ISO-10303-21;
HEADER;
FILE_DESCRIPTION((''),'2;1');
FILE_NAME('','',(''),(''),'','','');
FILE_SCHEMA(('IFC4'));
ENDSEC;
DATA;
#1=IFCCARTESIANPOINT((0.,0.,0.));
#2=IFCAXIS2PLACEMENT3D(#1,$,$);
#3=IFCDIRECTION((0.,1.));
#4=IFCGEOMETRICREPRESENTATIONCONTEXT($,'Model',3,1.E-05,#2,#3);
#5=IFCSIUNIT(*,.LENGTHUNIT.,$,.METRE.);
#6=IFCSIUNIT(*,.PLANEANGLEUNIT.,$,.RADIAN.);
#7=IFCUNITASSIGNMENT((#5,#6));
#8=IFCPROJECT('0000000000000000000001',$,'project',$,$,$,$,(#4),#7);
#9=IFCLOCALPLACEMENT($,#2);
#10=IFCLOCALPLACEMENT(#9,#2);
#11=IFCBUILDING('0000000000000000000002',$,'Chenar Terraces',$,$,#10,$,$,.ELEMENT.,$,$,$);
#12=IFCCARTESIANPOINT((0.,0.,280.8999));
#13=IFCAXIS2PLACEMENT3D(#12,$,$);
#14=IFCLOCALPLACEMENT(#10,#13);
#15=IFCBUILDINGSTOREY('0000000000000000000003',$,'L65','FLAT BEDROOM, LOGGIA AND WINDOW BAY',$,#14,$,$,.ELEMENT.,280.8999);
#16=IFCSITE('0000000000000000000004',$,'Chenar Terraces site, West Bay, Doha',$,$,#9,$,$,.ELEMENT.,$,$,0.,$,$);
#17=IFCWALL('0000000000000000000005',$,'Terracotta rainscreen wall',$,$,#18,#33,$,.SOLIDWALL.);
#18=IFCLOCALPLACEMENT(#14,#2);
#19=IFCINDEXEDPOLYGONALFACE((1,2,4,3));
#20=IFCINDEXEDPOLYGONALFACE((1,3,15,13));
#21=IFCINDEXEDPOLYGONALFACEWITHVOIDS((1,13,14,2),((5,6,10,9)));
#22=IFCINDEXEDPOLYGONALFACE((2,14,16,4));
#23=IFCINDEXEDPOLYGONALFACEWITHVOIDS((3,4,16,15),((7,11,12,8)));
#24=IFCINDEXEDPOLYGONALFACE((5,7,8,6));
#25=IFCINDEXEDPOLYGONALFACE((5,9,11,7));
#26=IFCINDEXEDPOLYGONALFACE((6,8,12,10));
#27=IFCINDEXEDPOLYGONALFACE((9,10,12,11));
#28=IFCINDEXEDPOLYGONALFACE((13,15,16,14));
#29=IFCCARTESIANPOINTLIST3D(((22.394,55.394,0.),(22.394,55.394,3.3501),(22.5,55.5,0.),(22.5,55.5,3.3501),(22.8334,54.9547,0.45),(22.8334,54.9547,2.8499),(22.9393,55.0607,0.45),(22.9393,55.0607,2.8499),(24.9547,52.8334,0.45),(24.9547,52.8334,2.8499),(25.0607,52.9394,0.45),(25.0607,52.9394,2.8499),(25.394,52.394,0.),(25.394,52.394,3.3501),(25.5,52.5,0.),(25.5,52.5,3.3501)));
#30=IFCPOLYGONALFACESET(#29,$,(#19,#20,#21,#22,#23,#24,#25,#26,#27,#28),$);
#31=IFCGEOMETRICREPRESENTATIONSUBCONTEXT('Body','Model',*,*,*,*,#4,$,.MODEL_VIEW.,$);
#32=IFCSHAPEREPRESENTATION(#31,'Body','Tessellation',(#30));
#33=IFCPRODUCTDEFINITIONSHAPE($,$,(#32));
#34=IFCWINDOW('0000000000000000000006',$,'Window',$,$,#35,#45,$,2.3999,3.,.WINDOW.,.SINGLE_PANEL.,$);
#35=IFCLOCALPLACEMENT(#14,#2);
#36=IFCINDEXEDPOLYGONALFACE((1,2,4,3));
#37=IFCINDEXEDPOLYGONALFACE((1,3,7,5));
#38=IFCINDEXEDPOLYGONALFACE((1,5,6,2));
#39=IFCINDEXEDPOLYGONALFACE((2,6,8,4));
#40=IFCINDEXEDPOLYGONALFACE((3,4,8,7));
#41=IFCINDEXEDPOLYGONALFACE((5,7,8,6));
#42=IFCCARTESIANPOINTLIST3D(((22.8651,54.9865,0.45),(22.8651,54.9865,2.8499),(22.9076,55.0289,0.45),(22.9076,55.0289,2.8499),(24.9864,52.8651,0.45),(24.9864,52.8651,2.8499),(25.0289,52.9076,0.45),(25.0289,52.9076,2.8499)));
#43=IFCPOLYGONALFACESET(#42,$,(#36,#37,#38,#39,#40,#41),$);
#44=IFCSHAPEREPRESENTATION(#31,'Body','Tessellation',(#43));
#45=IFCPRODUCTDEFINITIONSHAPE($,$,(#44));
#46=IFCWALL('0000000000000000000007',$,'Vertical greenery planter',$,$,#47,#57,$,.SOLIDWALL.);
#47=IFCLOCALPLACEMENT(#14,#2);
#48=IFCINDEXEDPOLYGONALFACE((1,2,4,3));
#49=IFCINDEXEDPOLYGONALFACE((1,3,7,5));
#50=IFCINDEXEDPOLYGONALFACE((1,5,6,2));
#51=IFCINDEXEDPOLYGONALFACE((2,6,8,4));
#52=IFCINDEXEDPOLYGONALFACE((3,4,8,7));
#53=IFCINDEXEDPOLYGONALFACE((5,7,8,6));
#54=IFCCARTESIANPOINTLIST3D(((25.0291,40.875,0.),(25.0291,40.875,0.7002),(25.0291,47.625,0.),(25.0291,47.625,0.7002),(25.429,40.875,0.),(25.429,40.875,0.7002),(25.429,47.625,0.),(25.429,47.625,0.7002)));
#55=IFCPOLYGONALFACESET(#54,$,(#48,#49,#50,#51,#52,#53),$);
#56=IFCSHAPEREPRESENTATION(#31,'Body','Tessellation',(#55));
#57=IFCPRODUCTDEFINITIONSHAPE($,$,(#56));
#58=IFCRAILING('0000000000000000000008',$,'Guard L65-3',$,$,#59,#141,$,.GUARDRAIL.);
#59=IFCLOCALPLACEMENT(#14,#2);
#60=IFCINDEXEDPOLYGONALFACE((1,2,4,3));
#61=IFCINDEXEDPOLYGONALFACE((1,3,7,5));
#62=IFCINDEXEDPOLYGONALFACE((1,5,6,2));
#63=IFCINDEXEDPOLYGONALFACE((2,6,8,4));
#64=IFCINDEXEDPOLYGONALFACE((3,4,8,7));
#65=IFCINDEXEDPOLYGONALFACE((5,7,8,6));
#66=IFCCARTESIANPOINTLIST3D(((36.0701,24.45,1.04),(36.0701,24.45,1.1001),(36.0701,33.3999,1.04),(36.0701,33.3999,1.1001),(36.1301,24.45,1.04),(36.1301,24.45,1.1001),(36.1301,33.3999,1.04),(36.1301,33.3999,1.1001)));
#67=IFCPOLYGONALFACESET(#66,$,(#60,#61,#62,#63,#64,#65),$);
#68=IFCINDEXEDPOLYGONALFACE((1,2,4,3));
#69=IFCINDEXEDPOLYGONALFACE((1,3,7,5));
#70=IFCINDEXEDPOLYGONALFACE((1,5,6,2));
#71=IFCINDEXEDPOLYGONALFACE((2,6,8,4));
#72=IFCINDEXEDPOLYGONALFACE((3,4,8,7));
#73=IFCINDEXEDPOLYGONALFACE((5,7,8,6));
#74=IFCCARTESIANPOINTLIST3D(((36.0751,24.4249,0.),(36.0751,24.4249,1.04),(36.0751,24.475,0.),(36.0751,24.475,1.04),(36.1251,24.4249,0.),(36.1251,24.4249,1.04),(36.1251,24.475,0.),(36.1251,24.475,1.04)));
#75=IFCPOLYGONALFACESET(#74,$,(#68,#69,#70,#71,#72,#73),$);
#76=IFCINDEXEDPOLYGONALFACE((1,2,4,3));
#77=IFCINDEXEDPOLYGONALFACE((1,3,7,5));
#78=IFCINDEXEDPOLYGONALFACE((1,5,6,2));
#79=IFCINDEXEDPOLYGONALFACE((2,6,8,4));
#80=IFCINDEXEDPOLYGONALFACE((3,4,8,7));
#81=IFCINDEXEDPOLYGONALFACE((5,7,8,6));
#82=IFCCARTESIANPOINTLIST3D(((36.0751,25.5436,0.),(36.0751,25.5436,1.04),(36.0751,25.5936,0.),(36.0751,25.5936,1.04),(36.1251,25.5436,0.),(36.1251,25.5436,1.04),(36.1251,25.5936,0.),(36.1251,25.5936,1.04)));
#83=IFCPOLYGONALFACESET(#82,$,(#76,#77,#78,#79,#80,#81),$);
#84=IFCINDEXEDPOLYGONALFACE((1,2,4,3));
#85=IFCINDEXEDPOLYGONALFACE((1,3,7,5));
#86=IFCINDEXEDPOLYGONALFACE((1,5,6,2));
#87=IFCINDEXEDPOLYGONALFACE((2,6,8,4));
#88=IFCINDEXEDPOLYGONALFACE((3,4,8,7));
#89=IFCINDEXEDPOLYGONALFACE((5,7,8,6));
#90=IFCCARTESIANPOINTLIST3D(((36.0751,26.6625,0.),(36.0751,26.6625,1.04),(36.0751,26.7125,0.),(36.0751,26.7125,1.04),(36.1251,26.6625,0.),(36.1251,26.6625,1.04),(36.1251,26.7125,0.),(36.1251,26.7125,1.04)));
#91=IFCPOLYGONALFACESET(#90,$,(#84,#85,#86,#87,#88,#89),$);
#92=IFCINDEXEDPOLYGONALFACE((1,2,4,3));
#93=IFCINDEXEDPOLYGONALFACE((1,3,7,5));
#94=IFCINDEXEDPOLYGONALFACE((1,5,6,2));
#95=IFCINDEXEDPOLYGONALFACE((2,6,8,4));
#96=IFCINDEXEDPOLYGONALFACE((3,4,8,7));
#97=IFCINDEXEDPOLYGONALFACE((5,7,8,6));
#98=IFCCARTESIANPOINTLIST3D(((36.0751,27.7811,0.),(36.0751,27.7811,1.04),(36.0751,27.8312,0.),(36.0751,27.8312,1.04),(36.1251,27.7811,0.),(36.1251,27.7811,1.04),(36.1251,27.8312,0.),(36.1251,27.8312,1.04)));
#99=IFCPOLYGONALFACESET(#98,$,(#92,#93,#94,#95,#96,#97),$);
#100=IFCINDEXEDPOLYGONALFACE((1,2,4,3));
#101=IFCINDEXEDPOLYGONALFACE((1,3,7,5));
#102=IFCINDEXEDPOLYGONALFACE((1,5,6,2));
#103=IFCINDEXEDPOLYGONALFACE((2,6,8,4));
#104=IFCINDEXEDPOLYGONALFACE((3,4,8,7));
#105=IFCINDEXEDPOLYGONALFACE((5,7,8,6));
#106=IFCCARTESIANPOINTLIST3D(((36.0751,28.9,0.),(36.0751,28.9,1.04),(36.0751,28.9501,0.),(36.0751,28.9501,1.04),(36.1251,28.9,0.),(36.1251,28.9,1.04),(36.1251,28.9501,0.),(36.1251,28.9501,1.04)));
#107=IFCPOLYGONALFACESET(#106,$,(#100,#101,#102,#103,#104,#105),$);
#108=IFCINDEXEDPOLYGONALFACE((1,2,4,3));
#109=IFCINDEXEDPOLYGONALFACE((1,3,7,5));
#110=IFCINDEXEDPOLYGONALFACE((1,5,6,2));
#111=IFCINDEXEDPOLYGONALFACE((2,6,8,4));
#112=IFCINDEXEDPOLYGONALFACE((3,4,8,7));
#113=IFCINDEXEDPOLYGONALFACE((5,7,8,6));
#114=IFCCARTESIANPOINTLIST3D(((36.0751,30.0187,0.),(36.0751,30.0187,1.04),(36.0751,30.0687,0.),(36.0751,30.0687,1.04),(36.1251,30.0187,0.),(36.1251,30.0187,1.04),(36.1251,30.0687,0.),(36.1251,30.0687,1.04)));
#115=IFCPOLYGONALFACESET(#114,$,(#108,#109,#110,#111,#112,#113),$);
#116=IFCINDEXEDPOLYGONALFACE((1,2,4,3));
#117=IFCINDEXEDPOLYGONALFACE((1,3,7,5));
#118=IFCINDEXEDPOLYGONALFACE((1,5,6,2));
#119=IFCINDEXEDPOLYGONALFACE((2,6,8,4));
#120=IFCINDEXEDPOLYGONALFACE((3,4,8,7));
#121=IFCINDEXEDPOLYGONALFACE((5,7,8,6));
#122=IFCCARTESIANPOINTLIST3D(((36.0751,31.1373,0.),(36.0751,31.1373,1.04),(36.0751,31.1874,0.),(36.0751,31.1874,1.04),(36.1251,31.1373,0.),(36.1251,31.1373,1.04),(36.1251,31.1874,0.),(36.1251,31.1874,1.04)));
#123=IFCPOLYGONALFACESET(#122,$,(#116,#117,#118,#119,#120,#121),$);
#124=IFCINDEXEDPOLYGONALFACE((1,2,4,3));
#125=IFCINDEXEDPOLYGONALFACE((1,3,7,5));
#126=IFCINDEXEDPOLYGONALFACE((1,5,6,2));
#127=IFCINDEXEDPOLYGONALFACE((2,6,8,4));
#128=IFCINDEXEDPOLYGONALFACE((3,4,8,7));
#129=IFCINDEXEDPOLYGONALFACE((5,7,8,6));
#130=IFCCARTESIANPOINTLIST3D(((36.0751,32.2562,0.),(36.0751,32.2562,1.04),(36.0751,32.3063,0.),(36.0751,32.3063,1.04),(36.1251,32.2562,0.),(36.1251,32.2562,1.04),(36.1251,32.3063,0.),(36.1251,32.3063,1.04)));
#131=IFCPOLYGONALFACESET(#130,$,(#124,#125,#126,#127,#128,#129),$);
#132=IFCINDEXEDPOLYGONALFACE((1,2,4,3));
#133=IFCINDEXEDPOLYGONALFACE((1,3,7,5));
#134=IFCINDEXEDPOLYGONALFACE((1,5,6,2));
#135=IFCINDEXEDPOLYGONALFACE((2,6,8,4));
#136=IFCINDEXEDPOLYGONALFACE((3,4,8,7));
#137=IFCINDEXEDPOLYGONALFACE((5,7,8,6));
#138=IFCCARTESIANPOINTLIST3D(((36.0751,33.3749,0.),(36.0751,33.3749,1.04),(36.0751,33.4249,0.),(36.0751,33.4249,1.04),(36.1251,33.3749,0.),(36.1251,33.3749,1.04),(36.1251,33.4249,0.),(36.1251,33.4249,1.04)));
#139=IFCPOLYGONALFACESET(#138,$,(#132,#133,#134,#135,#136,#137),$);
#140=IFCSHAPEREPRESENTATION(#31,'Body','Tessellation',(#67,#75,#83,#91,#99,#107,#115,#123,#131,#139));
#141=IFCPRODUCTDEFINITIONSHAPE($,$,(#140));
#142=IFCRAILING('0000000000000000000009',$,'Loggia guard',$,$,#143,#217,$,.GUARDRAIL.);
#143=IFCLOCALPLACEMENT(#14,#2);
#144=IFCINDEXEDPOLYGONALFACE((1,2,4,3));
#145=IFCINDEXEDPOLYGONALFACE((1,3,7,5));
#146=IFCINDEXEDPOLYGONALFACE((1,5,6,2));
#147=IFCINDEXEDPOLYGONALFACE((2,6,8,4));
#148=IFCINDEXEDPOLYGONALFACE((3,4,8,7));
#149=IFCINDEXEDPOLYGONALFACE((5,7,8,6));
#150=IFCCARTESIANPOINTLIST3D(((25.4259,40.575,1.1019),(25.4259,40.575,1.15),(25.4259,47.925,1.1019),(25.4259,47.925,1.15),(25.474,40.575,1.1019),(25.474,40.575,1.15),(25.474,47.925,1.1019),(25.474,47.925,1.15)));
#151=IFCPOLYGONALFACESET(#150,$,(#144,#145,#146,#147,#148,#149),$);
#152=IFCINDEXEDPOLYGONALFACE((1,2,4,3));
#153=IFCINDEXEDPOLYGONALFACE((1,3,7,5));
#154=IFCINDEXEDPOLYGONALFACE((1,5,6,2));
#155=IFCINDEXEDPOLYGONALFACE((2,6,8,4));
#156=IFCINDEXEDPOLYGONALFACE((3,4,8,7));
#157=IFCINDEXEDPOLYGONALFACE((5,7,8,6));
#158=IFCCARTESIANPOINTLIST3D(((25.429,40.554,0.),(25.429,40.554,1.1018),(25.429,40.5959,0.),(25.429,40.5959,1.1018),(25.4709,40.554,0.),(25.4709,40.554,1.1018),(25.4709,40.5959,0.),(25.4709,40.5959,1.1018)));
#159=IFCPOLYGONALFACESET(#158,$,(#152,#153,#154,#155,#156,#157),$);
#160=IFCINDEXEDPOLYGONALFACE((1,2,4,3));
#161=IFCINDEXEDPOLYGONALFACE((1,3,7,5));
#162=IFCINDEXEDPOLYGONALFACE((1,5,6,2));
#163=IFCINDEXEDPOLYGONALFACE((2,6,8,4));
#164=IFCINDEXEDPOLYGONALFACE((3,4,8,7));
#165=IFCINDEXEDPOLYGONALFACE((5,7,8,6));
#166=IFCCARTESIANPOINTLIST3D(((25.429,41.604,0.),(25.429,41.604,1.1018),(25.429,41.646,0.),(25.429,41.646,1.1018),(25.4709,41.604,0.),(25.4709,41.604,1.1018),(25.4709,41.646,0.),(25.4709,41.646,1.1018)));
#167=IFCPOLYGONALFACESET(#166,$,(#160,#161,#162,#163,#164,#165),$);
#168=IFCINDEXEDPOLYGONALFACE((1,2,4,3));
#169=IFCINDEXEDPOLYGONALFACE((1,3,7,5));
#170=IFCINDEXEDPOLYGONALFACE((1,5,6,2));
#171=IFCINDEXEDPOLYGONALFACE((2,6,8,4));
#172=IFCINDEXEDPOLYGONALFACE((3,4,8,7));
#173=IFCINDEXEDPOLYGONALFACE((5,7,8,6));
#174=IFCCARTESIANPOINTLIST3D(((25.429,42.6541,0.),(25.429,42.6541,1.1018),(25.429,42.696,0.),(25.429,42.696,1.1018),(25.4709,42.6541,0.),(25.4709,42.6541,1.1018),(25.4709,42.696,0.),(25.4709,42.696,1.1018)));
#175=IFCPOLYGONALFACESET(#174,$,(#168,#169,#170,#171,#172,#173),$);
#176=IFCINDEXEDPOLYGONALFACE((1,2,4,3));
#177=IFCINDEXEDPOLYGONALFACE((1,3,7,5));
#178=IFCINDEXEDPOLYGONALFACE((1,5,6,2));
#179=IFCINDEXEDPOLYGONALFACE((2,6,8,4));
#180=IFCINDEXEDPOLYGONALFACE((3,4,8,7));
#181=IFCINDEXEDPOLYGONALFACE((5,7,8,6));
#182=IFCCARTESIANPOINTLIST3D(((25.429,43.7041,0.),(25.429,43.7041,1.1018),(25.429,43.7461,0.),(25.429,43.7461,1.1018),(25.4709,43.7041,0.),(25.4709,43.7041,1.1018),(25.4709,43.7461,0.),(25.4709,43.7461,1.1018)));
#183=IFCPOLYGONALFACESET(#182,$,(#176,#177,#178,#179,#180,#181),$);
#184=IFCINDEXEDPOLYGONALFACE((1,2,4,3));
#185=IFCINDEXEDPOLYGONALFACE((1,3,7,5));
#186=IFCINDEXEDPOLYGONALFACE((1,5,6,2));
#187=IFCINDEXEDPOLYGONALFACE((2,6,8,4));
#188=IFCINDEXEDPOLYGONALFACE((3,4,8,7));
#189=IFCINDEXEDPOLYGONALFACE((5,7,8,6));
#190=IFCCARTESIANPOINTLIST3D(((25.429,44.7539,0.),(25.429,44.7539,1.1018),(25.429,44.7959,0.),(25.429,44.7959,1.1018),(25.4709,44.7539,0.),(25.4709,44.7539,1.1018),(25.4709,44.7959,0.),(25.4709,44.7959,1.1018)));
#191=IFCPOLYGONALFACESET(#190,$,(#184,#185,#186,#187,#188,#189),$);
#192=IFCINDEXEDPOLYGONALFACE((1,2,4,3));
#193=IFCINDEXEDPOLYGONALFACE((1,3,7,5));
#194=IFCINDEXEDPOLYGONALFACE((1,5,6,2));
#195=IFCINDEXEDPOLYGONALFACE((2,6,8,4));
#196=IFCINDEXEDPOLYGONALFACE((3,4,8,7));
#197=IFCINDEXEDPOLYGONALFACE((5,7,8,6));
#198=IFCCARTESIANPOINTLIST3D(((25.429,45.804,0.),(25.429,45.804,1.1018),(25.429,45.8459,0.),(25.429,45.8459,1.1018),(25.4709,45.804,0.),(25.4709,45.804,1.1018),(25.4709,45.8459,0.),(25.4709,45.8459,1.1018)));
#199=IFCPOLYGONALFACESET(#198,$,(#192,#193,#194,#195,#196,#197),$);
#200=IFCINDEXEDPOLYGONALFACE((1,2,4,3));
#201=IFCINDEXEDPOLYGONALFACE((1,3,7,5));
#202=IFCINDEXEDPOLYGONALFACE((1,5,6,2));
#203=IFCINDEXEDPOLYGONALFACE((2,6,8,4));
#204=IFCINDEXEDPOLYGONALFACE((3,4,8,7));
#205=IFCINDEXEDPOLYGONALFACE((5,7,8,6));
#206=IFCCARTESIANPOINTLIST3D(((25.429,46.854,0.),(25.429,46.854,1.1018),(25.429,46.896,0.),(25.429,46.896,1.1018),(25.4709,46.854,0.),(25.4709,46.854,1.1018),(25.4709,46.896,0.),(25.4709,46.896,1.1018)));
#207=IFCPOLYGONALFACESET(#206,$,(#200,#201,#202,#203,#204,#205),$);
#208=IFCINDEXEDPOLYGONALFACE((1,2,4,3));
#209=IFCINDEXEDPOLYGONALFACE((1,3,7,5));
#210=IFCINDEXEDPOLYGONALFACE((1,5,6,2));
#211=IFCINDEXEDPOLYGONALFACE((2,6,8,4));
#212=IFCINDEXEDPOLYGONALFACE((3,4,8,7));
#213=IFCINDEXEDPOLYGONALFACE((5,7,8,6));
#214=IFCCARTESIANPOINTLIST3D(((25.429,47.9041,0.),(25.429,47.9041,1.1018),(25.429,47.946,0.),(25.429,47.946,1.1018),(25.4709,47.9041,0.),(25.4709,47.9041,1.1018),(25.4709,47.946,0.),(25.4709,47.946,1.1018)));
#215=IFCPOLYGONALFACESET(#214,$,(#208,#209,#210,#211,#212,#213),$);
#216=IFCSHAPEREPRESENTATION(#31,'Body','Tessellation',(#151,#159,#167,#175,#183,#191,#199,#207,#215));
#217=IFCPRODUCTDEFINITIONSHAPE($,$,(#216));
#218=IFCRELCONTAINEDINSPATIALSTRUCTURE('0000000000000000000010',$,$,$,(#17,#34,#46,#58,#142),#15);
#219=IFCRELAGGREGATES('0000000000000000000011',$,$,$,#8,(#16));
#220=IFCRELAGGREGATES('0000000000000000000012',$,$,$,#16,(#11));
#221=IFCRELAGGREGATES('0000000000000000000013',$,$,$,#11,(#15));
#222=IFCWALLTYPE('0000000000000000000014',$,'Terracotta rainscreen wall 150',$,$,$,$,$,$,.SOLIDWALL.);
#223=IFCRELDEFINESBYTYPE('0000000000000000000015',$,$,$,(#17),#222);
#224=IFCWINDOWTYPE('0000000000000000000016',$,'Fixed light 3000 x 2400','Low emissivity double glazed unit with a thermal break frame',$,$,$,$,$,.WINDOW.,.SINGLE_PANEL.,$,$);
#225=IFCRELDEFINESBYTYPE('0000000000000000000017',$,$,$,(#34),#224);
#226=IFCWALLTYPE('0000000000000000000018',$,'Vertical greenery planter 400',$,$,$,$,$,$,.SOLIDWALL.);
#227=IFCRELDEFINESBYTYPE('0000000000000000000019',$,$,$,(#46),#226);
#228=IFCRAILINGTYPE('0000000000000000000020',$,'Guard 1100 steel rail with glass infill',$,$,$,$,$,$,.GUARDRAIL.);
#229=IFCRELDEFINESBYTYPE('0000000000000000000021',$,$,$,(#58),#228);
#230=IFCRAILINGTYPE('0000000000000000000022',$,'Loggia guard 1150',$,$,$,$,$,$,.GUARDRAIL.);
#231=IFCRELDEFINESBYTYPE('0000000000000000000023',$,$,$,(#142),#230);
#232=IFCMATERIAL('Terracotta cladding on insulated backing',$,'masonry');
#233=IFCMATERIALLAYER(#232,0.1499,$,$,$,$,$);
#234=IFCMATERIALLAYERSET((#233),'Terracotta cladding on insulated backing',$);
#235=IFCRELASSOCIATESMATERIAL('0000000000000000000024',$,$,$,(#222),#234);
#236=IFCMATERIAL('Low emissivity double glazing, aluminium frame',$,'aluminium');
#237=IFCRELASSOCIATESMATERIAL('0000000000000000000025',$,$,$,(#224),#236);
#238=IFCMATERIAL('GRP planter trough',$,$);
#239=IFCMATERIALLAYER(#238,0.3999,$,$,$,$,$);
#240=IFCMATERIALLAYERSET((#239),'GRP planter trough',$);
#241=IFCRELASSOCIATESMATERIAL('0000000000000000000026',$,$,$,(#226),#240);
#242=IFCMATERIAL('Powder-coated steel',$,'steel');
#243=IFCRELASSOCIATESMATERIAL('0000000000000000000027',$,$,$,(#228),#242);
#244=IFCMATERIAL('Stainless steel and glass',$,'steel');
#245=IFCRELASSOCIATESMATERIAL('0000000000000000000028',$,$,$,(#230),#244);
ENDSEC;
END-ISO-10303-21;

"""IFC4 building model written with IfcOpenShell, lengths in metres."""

from ifc_helpers import new_model, si_unit, direction, frame, frame_2d, origin, origin_2d, place, context, subcontext, project, spatial, rectangle, extrude, material, layer, layer_set, type_object, element, fill, save


model = new_model("IFC4")

# Units and contexts
model_context = context("Model", 3, precision=1e-05, world=origin(), true_north=direction((0.0, 1.0)))
body_context = subcontext(model_context, "Body", "Model", "MODEL_VIEW")
ifc_project = project(units=[si_unit("LENGTHUNIT", "METRE"), si_unit("PLANEANGLEUNIT", "RADIAN")], contexts=[model_context])

# Site, building, storey
site_placement = place(None, origin())
site = spatial("IfcSite", under=ifc_project, at=site_placement, Name="Chenar Terraces site, West Bay, Doha", CompositionType="ELEMENT", RefElevation=0.0)
building_placement = place(site_placement, origin())
building = spatial("IfcBuilding", under=site, at=building_placement, Name="Chenar Terraces", CompositionType="ELEMENT")
storey_placement = place(building_placement, frame((0.0, 0.0, 280.8999)))
storey = spatial("IfcBuildingStorey", under=building, at=storey_placement, Name="L65", Description="FLAT BEDROOM, LOGGIA AND WINDOW BAY", CompositionType="ELEMENT", Elevation=280.8999)

# Wall, opening, window
ifc_material_1 = material(Name="Terracotta cladding on insulated backing", Category="masonry")
ifc_layer_1 = layer(ifc_material_1, 0.1499)
ifc_layer_set_1 = layer_set([ifc_layer_1], Name="Terracotta cladding on insulated backing")
wall_type_1 = type_object("IfcWallType", Name="Terracotta rainscreen wall 150", PredefinedType="SOLIDWALL", material=ifc_layer_set_1)
ifc_material_2 = material(Name="Low emissivity double glazing, aluminium frame", Category="aluminium")
window_type_1 = type_object("IfcWindowType", Name="Fixed light 3000 x 2400", Description="Low emissivity double glazed unit with a thermal break frame", PartitioningType="SINGLE_PANEL", PredefinedType="WINDOW", material=ifc_material_2)
wall_1_placement = place(storey_placement, frame((25.447, 52.447, 0.0), z_axis=(0.0, 0.0, 1.0), x_axis=(-0.707107, 0.707107, 0.0)))
wall_1 = element("IfcWall", 1, at=wall_1_placement, inside=storey, type_object=wall_type_1, Name="Terracotta rainscreen wall", PredefinedType="SOLIDWALL", context=body_context, shape_type="SweptSolid", body=[
    extrude(rectangle(XDim=4.2427, YDim=0.1499, at=frame_2d((2.1213, 0.0))), origin(), (0.0, 0.0, 1.0), 3.3501),
])
opening_1_placement = place(wall_1_placement, frame((0.6213, 0.0, 0.45)))
opening_1 = element("IfcOpeningElement", 2, at=opening_1_placement, cuts=wall_1, PredefinedType="OPENING", context=body_context, shape_type="SweptSolid", body=[
    extrude(rectangle(XDim=3.0, YDim=2.3999, at=frame_2d((1.5, 1.2))), frame((0.0, 0.085, 0.0), z_axis=(0.0, -1.0, 0.0), x_axis=(1.0, 0.0, 0.0)), (0.0, 0.0, 1.0), 0.1699),
])
window_1_placement = place(opening_1_placement, origin())
window_1 = element("IfcWindow", 3, at=window_1_placement, inside=storey, type_object=window_type_1, Name="Window", OverallHeight=2.3999, OverallWidth=3.0, PartitioningType="SINGLE_PANEL", PredefinedType="WINDOW", context=body_context, shape_type="SweptSolid", body=[
    extrude(rectangle(XDim=3.0, YDim=2.3999, at=frame_2d((1.5, 1.2))), frame((0.0, 0.03, 0.0), z_axis=(0.0, -1.0, 0.0), x_axis=(1.0, 0.0, 0.0)), (0.0, 0.0, 1.0), 0.0601),
])
fill(opening_1, window_1)

# Wall
ifc_material_3 = material(Name="GRP planter trough")
ifc_layer_2 = layer(ifc_material_3, 0.3999)
ifc_layer_set_2 = layer_set([ifc_layer_2], Name="GRP planter trough")
wall_type_2 = type_object("IfcWallType", Name="Vertical greenery planter 400", PredefinedType="SOLIDWALL", material=ifc_layer_set_2)
wall_2_placement = place(storey_placement, frame((25.229, 40.875, 0.0), z_axis=(0.0, 0.0, 1.0), x_axis=(0.0, 1.0, 0.0)))
element("IfcWall", 4, at=wall_2_placement, inside=storey, type_object=wall_type_2, Name="Vertical greenery planter", PredefinedType="SOLIDWALL", context=body_context, shape_type="SweptSolid", body=[
    extrude(rectangle(XDim=6.75, YDim=0.3999, at=frame_2d((3.375, 0.0))), origin(), (0.0, 0.0, 1.0), 0.7002),
])

# Railings
ifc_material_4 = material(Name="Powder-coated steel", Category="steel")
railing_type_1 = type_object("IfcRailingType", Name="Guard 1100 steel rail with glass infill", PredefinedType="GUARDRAIL", material=ifc_material_4)
railing_1_placement = place(storey_placement, frame((36.1001, 24.45, 0.0)))
element("IfcRailing", 5, at=railing_1_placement, inside=storey, type_object=railing_type_1, Name="Guard L65-3", PredefinedType="GUARDRAIL", context=body_context, shape_type="SweptSolid", body=[
    extrude(rectangle(XDim=0.0601, YDim=0.0601, at=origin_2d()), frame((0.0, 0.0, 1.0701), z_axis=(0.0, 1.0, 0.0), x_axis=(-1.0, 0.0, 0.0)), (0.0, 0.0, 1.0), 8.95),
    extrude(rectangle(XDim=0.05, YDim=0.05, at=origin_2d()), origin(), (0.0, 0.0, 1.0), 1.04),
    extrude(rectangle(XDim=0.05, YDim=0.05, at=origin_2d()), frame((0.0, 1.1187, 0.0)), (0.0, 0.0, 1.0), 1.04),
    extrude(rectangle(XDim=0.05, YDim=0.05, at=origin_2d()), frame((0.0, 2.2375, 0.0)), (0.0, 0.0, 1.0), 1.04),
    extrude(rectangle(XDim=0.05, YDim=0.05, at=origin_2d()), frame((0.0, 3.3562, 0.0)), (0.0, 0.0, 1.0), 1.04),
    extrude(rectangle(XDim=0.05, YDim=0.05, at=origin_2d()), frame((0.0, 4.4751, 0.0)), (0.0, 0.0, 1.0), 1.04),
    extrude(rectangle(XDim=0.05, YDim=0.05, at=origin_2d()), frame((0.0, 5.5938, 0.0)), (0.0, 0.0, 1.0), 1.04),
    extrude(rectangle(XDim=0.05, YDim=0.05, at=origin_2d()), frame((0.0, 6.7124, 0.0)), (0.0, 0.0, 1.0), 1.04),
    extrude(rectangle(XDim=0.05, YDim=0.05, at=origin_2d()), frame((0.0, 7.8313, 0.0)), (0.0, 0.0, 1.0), 1.04),
    extrude(rectangle(XDim=0.05, YDim=0.05, at=origin_2d()), frame((0.0, 8.95, 0.0)), (0.0, 0.0, 1.0), 1.04),
])
ifc_material_5 = material(Name="Stainless steel and glass", Category="steel")
railing_type_2 = type_object("IfcRailingType", Name="Loggia guard 1150", PredefinedType="GUARDRAIL", material=ifc_material_5)
railing_2_placement = place(storey_placement, frame((25.45, 40.575, 0.0)))
element("IfcRailing", 6, at=railing_2_placement, inside=storey, type_object=railing_type_2, Name="Loggia guard", PredefinedType="GUARDRAIL", context=body_context, shape_type="SweptSolid", body=[
    extrude(rectangle(XDim=0.0481, YDim=0.0481, at=origin_2d()), frame((0.0, 0.0, 1.126), z_axis=(0.0, 1.0, 0.0), x_axis=(-1.0, 0.0, 0.0)), (0.0, 0.0, 1.0), 7.3501),
    extrude(rectangle(XDim=0.042, YDim=0.042, at=origin_2d()), origin(), (0.0, 0.0, 1.0), 1.1018),
    extrude(rectangle(XDim=0.042, YDim=0.042, at=origin_2d()), frame((0.0, 1.05, 0.0)), (0.0, 0.0, 1.0), 1.1018),
    extrude(rectangle(XDim=0.042, YDim=0.042, at=origin_2d()), frame((0.0, 2.1001, 0.0)), (0.0, 0.0, 1.0), 1.1018),
    extrude(rectangle(XDim=0.042, YDim=0.042, at=origin_2d()), frame((0.0, 3.1501, 0.0)), (0.0, 0.0, 1.0), 1.1018),
    extrude(rectangle(XDim=0.042, YDim=0.042, at=origin_2d()), frame((0.0, 4.2, 0.0)), (0.0, 0.0, 1.0), 1.1018),
    extrude(rectangle(XDim=0.042, YDim=0.042, at=origin_2d()), frame((0.0, 5.25, 0.0)), (0.0, 0.0, 1.0), 1.1018),
    extrude(rectangle(XDim=0.042, YDim=0.042, at=origin_2d()), frame((0.0, 6.3, 0.0)), (0.0, 0.0, 1.0), 1.1018),
    extrude(rectangle(XDim=0.042, YDim=0.042, at=origin_2d()), frame((0.0, 7.3501, 0.0)), (0.0, 0.0, 1.0), 1.1018),
])

save(model, "model.ifc")
